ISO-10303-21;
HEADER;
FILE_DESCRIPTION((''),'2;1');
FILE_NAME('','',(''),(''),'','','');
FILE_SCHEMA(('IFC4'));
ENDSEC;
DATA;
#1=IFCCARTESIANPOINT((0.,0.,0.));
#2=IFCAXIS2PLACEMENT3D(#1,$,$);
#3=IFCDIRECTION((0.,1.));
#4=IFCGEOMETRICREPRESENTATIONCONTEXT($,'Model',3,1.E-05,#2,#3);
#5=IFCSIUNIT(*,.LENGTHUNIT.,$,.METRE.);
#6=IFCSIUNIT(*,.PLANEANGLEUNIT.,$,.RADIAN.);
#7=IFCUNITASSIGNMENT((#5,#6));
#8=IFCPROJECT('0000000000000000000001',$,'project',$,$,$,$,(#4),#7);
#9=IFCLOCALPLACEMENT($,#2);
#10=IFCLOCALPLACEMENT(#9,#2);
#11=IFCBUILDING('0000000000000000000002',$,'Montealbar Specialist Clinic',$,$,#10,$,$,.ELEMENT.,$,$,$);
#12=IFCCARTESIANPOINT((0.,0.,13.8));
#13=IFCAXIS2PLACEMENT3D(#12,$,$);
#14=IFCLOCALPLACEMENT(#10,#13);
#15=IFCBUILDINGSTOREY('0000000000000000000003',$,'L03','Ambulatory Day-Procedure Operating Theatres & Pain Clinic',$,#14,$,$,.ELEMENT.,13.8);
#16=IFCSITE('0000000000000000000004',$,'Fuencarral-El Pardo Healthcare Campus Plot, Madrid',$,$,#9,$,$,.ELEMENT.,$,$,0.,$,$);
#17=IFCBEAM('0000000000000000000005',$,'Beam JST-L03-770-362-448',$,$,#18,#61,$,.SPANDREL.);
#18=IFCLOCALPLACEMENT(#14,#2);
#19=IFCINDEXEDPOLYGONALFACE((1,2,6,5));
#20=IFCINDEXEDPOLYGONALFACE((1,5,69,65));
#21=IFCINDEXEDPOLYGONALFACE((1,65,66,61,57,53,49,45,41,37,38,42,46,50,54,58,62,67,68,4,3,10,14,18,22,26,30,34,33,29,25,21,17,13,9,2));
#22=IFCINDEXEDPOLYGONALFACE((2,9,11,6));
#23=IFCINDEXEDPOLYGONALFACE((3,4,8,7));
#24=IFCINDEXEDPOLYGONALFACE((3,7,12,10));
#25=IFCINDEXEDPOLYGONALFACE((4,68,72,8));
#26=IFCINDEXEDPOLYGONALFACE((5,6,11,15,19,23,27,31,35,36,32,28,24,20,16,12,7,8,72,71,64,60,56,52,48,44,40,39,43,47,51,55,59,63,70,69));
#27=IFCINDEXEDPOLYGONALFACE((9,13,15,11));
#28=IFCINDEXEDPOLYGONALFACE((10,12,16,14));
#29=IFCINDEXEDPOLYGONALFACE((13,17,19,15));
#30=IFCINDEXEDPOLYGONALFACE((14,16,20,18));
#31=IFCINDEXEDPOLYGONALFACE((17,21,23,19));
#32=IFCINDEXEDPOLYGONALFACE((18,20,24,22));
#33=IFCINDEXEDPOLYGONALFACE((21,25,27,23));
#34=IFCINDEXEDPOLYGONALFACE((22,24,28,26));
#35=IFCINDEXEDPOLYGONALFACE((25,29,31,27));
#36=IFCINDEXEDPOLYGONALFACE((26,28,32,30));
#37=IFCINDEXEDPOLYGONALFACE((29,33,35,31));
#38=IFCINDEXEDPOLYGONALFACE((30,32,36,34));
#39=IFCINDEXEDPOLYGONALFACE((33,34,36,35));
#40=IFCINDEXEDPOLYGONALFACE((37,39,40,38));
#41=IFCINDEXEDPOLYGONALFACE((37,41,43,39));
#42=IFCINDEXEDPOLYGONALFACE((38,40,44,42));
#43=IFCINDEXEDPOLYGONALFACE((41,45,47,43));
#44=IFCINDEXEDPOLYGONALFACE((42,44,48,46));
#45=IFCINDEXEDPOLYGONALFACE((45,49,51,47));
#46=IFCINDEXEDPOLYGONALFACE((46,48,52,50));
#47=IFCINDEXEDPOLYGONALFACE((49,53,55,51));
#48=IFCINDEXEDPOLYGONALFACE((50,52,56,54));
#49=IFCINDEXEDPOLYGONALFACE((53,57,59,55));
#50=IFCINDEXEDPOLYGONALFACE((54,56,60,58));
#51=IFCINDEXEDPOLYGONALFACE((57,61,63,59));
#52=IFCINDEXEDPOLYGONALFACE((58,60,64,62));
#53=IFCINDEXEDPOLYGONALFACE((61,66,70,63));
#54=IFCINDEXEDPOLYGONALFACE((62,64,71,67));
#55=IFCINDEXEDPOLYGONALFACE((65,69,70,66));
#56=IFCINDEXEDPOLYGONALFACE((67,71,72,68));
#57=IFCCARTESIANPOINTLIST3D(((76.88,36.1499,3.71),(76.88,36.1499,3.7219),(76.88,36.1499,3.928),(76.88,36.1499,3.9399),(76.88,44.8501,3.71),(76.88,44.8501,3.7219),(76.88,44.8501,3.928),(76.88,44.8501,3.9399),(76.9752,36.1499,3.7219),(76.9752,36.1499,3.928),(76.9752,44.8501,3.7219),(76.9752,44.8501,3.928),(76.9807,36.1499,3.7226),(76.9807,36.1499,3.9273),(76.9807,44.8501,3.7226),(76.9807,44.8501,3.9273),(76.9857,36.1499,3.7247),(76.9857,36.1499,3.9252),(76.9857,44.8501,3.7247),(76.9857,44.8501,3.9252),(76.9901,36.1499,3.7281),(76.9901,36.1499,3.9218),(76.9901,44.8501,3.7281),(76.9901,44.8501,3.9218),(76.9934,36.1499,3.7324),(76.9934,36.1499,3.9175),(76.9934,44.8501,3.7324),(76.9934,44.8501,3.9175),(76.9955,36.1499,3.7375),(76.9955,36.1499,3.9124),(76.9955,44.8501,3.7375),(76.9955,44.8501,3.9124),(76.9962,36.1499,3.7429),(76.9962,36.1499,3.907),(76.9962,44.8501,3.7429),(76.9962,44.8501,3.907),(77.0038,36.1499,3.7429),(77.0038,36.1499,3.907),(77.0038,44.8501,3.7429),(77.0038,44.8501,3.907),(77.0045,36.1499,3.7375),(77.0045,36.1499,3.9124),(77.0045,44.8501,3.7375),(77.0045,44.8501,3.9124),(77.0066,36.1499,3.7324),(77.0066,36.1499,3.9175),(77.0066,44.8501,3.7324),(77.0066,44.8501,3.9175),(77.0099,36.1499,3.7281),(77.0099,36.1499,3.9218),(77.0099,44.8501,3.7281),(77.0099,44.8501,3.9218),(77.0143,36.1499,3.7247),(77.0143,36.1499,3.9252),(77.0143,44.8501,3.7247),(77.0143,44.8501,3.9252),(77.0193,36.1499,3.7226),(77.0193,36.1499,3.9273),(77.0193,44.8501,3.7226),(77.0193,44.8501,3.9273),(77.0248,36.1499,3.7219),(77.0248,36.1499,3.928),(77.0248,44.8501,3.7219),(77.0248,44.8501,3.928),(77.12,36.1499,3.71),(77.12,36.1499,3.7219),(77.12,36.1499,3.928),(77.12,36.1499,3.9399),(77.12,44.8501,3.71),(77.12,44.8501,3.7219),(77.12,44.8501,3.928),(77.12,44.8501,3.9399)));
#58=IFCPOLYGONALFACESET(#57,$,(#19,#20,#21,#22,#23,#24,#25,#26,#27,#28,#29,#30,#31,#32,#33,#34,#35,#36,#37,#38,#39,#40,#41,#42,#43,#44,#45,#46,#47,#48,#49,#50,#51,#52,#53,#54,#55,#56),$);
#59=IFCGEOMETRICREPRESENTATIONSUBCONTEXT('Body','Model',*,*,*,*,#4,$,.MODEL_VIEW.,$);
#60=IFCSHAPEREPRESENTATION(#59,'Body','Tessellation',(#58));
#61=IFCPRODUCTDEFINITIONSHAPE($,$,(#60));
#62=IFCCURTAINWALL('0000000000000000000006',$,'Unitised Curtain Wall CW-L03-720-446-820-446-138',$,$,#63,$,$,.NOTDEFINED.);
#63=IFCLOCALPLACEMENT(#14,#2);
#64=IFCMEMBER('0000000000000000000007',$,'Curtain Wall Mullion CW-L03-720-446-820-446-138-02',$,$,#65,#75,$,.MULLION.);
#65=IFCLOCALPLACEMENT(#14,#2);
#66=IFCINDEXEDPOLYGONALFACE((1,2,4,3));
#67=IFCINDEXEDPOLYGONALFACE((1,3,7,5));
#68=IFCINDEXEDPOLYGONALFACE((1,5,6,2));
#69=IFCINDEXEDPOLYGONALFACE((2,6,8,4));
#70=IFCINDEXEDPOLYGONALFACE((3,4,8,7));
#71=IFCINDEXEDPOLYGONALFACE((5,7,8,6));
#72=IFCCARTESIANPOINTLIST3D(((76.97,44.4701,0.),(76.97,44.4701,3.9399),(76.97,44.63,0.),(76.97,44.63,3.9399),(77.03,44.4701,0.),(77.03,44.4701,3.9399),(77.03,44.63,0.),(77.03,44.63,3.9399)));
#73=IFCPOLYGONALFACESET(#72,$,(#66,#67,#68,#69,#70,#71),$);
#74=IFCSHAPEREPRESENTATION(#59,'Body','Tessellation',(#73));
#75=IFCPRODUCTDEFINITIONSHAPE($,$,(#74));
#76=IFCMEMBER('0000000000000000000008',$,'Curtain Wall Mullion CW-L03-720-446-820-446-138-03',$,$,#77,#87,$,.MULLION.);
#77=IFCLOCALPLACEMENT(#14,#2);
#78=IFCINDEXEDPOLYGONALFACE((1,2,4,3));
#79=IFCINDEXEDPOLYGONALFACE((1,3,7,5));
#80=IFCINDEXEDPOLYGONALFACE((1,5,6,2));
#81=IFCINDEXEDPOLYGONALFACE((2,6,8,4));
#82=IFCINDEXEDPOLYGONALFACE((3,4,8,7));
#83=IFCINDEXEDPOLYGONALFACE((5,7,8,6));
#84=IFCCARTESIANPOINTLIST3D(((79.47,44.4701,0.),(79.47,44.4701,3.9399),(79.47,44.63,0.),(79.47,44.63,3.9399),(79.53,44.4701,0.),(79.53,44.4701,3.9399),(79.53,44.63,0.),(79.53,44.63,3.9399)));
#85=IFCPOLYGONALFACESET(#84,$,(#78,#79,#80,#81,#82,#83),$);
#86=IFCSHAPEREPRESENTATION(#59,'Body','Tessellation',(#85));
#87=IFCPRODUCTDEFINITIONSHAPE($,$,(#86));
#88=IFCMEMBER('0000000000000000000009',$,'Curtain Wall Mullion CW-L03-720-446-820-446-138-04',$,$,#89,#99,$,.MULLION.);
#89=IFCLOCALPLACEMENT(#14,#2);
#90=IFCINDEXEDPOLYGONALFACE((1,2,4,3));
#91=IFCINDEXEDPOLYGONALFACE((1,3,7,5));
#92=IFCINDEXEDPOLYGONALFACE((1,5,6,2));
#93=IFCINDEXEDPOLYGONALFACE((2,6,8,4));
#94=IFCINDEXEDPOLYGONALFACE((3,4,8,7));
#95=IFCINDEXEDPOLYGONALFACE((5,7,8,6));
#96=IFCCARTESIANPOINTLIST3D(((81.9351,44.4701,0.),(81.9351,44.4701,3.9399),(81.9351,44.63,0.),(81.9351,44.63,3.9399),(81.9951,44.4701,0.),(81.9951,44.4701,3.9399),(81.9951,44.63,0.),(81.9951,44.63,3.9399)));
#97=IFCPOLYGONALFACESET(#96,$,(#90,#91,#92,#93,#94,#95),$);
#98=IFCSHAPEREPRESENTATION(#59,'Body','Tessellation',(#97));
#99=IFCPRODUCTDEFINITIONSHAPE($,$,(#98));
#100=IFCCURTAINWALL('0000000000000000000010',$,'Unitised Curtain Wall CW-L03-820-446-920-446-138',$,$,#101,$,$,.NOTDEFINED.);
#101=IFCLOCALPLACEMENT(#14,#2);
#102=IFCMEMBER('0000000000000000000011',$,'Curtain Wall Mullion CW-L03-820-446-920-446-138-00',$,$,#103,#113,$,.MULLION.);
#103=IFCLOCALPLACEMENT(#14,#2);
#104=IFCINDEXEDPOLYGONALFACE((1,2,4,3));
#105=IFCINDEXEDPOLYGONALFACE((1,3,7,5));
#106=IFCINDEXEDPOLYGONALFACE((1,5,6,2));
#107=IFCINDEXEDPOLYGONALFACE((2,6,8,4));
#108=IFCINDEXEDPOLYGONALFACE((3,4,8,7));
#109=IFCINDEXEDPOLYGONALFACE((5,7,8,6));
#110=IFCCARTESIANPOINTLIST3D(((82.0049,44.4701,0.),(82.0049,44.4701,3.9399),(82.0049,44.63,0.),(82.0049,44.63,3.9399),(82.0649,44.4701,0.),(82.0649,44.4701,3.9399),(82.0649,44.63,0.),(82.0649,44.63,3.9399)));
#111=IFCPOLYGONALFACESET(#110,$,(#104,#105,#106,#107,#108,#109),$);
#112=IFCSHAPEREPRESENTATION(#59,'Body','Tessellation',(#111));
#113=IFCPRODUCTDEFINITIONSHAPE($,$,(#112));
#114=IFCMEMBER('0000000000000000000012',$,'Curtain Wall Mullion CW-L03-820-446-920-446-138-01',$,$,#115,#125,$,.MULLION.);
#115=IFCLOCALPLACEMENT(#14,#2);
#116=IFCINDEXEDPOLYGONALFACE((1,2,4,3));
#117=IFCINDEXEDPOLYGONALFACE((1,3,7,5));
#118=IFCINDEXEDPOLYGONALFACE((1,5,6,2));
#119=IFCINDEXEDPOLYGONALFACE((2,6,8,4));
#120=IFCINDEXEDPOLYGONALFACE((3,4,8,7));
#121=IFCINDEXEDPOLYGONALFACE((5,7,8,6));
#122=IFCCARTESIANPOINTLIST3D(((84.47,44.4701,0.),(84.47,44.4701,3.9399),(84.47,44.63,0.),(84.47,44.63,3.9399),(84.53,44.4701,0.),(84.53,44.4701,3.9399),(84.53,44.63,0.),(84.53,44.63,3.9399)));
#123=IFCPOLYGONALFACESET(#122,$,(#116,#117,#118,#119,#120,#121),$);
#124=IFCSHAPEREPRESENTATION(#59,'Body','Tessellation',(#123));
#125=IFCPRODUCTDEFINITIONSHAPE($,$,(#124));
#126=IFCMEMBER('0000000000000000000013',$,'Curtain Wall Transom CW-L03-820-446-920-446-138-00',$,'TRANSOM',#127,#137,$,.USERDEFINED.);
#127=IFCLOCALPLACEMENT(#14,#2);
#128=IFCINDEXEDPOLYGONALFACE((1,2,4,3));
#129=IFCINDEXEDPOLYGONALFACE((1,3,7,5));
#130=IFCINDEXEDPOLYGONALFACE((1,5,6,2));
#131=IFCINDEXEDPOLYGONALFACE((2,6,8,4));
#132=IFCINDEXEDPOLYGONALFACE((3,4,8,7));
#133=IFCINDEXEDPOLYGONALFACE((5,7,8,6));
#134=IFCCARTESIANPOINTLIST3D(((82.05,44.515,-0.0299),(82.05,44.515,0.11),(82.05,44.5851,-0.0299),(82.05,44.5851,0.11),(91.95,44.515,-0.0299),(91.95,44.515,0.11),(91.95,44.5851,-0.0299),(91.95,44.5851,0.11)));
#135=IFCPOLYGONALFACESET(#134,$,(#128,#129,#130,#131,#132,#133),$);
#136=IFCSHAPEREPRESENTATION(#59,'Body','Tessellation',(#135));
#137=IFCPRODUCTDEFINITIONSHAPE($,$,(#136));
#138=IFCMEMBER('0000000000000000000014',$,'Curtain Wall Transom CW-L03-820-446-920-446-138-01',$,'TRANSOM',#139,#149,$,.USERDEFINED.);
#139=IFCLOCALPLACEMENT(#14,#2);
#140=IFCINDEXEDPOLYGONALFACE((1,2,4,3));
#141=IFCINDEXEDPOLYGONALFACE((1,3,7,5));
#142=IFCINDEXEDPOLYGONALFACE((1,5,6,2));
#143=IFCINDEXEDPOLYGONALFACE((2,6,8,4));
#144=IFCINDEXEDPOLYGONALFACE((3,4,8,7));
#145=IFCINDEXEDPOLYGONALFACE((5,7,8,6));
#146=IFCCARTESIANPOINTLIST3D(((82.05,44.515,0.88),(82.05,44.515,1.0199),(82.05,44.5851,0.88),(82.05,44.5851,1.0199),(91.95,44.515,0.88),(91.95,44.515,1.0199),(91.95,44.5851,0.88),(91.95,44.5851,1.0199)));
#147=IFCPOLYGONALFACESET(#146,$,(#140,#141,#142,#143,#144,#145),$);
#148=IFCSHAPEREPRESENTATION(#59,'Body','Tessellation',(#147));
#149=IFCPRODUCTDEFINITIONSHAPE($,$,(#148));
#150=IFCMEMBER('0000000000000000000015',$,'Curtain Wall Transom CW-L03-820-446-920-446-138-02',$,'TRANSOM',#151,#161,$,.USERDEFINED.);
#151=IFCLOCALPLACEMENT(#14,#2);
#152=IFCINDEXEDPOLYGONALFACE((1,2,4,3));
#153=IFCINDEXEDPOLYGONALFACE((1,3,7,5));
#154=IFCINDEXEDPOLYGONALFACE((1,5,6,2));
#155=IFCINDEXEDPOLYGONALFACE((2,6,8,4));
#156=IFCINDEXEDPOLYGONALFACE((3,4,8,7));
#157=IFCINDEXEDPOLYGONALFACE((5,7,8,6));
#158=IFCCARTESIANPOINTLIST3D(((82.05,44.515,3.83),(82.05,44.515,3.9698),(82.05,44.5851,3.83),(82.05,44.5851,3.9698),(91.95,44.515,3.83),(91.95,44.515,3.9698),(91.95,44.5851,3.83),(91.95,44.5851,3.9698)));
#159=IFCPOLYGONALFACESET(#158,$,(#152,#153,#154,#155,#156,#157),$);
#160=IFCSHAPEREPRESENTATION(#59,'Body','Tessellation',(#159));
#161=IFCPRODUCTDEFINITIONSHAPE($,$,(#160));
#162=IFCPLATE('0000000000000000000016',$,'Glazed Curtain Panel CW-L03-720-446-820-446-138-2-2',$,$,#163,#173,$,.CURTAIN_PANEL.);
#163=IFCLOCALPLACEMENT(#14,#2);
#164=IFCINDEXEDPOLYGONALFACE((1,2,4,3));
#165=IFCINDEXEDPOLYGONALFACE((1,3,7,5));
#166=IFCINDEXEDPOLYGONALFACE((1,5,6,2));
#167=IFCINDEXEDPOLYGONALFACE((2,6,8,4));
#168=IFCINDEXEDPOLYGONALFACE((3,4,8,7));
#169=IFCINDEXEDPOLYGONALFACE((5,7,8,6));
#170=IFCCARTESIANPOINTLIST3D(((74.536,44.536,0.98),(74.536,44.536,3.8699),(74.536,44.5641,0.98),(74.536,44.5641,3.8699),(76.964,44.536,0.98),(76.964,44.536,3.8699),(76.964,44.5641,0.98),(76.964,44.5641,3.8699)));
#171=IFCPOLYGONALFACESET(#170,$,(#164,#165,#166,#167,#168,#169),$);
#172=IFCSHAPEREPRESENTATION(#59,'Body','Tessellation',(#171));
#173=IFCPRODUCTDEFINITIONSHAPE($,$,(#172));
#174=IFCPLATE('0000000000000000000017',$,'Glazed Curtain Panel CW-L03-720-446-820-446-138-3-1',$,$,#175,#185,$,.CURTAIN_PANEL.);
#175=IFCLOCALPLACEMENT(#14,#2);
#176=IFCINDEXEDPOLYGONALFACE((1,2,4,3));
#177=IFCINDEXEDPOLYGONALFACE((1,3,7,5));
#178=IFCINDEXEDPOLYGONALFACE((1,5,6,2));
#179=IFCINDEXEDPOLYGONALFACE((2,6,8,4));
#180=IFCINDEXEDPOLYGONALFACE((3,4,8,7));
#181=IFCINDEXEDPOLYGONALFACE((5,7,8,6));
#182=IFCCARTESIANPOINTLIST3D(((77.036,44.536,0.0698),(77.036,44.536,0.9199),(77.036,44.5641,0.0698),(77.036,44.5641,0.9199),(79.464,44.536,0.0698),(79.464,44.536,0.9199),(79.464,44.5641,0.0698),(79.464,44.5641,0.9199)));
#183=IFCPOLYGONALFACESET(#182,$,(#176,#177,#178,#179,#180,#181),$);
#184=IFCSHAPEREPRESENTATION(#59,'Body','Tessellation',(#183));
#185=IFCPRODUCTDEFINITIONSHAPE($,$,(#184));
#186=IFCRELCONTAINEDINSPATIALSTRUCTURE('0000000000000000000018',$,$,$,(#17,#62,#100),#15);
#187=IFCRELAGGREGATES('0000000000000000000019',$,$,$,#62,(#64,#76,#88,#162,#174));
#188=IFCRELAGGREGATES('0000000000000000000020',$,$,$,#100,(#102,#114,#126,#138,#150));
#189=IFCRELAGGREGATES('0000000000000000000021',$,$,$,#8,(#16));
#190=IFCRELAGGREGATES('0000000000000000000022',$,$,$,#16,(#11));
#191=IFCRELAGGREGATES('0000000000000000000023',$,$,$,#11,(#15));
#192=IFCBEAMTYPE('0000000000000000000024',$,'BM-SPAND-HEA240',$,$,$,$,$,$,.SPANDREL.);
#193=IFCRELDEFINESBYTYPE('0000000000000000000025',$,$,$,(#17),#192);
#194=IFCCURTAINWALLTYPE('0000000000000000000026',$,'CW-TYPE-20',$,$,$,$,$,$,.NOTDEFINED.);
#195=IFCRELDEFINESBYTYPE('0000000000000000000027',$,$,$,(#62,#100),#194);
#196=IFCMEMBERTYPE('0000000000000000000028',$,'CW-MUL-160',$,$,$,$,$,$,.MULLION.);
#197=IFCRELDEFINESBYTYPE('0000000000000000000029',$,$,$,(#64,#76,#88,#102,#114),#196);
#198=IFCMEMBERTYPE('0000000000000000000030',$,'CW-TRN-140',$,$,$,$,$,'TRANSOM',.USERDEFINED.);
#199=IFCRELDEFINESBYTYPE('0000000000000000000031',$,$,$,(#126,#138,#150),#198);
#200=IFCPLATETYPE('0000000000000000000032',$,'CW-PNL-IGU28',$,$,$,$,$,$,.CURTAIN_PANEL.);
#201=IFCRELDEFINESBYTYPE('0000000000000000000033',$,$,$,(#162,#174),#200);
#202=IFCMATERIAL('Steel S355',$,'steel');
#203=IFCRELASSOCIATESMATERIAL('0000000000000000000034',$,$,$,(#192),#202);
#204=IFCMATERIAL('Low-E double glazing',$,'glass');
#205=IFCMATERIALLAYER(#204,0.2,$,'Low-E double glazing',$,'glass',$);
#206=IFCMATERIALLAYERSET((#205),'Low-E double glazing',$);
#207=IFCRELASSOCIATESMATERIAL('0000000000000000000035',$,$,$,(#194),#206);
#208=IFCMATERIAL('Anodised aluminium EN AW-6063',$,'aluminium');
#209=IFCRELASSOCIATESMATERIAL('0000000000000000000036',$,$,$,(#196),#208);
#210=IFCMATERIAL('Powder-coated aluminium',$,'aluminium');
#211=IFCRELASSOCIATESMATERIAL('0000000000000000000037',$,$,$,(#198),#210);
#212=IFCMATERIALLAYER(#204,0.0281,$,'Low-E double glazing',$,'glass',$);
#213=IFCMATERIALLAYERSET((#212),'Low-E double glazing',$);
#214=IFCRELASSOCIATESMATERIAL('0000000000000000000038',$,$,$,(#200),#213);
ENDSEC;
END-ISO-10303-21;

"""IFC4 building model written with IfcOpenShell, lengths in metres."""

from ifc_helpers import new_model, si_unit, direction, frame, origin, origin_2d, place, context, subcontext, project, spatial, rectangle, i_section, extrude, material, layer, layer_set, material_profile, profile_set, type_object, element, aggregate, save


model = new_model("IFC4")

# Units and contexts
model_context = context("Model", 3, precision=1e-05, world=origin(), true_north=direction((0.0, 1.0)))
body_context = subcontext(model_context, "Body", "Model", "MODEL_VIEW")
ifc_project = project(units=[si_unit("LENGTHUNIT", "METRE"), si_unit("PLANEANGLEUNIT", "RADIAN")], contexts=[model_context])

# Site, building, storey
site_placement = place(None, origin())
site = spatial("IfcSite", under=ifc_project, at=site_placement, Name="Fuencarral-El Pardo Healthcare Campus Plot, Madrid", CompositionType="ELEMENT", RefElevation=0.0)
building_placement = place(site_placement, origin())
building = spatial("IfcBuilding", under=site, at=building_placement, Name="Montealbar Specialist Clinic", CompositionType="ELEMENT")
storey_placement = place(building_placement, frame((0.0, 0.0, 13.8)))
storey = spatial("IfcBuildingStorey", under=building, at=storey_placement, Name="L03", Description="Ambulatory Day-Procedure Operating Theatres & Pain Clinic", CompositionType="ELEMENT", Elevation=13.8)

# Shared definitions
ifc_material_1 = material(Name="Steel S355", Category="steel")

# Beam
ifc_material_profile_1 = material_profile(ifc_material_1, i_section(OverallWidth=0.24, OverallDepth=0.23, WebThickness=0.0076, FlangeThickness=0.012, FilletRadius=0.021, at=origin_2d()), Name="HEA 240", Category="steel")
ifc_profile_set_1 = profile_set([ifc_material_profile_1], Name="Steel S355")
beam_type_1 = type_object("IfcBeamType", Name="BM-SPAND-HEA240", PredefinedType="SPANDREL", material=ifc_profile_set_1)
beam_1_placement = place(storey_placement, frame((77.0, 36.1499, 3.825), z_axis=(0.0, 1.0, 0.0), x_axis=(-1.0, 0.0, 0.0)))
element("IfcBeam", 1, at=beam_1_placement, inside=storey, type_object=beam_type_1, Name="Beam JST-L03-770-362-448", PredefinedType="SPANDREL", context=body_context, shape_type="SweptSolid", body=[
    extrude(i_section(OverallWidth=0.24, OverallDepth=0.23, WebThickness=0.0076, FlangeThickness=0.012, FilletRadius=0.021, at=origin_2d()), origin(), (0.0, 0.0, 1.0), 8.7002),
])

# Curtain walls, members
ifc_material_2 = material(Name="Low-E double glazing", Category="glass")
ifc_layer_1 = layer(ifc_material_2, 0.2, Name="Low-E double glazing", Category="glass")
ifc_layer_set_1 = layer_set([ifc_layer_1], Name="Low-E double glazing")
curtain_wall_type = type_object("IfcCurtainWallType", Name="CW-TYPE-20", PredefinedType="NOTDEFINED", material=ifc_layer_set_1)
curtain_wall_1_placement = place(storey_placement, origin())
curtain_wall_1 = element("IfcCurtainWall", 2, at=curtain_wall_1_placement, inside=storey, type_object=curtain_wall_type, Name="Unitised Curtain Wall CW-L03-720-446-820-446-138", PredefinedType="NOTDEFINED")
ifc_material_3 = material(Name="Anodised aluminium EN AW-6063", Category="aluminium")
ifc_material_profile_2 = material_profile(ifc_material_3, rectangle(XDim=0.0601, YDim=0.1599, at=origin_2d()), Name="ALU 60x160", Category="aluminium")
ifc_profile_set_2 = profile_set([ifc_material_profile_2], Name="Anodised aluminium EN AW-6063")
member_type_1 = type_object("IfcMemberType", Name="CW-MUL-160", PredefinedType="MULLION", material=ifc_profile_set_2)
member_1_placement = place(storey_placement, frame((77.0, 44.55, 0.0), z_axis=(0.0, 0.0, 1.0), x_axis=(1.0, 0.0, 0.0)))
member_1 = element("IfcMember", 3, at=member_1_placement, type_object=member_type_1, Name="Curtain Wall Mullion CW-L03-720-446-820-446-138-02", PredefinedType="MULLION", context=body_context, shape_type="SweptSolid", body=[
    extrude(rectangle(XDim=0.0601, YDim=0.1599, at=origin_2d()), origin(), (0.0, 0.0, 1.0), 3.9399),
])
member_2_placement = place(storey_placement, frame((79.5, 44.55, 0.0), z_axis=(0.0, 0.0, 1.0), x_axis=(1.0, 0.0, 0.0)))
member_2 = element("IfcMember", 4, at=member_2_placement, type_object=member_type_1, Name="Curtain Wall Mullion CW-L03-720-446-820-446-138-03", PredefinedType="MULLION", context=body_context, shape_type="SweptSolid", body=[
    extrude(rectangle(XDim=0.0601, YDim=0.1599, at=origin_2d()), origin(), (0.0, 0.0, 1.0), 3.9399),
])
member_3_placement = place(storey_placement, frame((81.9651, 44.55, 0.0), z_axis=(0.0, 0.0, 1.0), x_axis=(1.0, 0.0, 0.0)))
member_3 = element("IfcMember", 5, at=member_3_placement, type_object=member_type_1, Name="Curtain Wall Mullion CW-L03-720-446-820-446-138-04", PredefinedType="MULLION", context=body_context, shape_type="SweptSolid", body=[
    extrude(rectangle(XDim=0.0601, YDim=0.1599, at=origin_2d()), origin(), (0.0, 0.0, 1.0), 3.9399),
])
curtain_wall_2_placement = place(storey_placement, origin())
curtain_wall_2 = element("IfcCurtainWall", 6, at=curtain_wall_2_placement, inside=storey, type_object=curtain_wall_type, Name="Unitised Curtain Wall CW-L03-820-446-920-446-138", PredefinedType="NOTDEFINED")
member_4_placement = place(storey_placement, frame((82.0349, 44.55, 0.0), z_axis=(0.0, 0.0, 1.0), x_axis=(1.0, 0.0, 0.0)))
member_4 = element("IfcMember", 7, at=member_4_placement, type_object=member_type_1, Name="Curtain Wall Mullion CW-L03-820-446-920-446-138-00", PredefinedType="MULLION", context=body_context, shape_type="SweptSolid", body=[
    extrude(rectangle(XDim=0.0601, YDim=0.1599, at=origin_2d()), origin(), (0.0, 0.0, 1.0), 3.9399),
])
member_5_placement = place(storey_placement, frame((84.5, 44.55, 0.0), z_axis=(0.0, 0.0, 1.0), x_axis=(1.0, 0.0, 0.0)))
member_5 = element("IfcMember", 8, at=member_5_placement, type_object=member_type_1, Name="Curtain Wall Mullion CW-L03-820-446-920-446-138-01", PredefinedType="MULLION", context=body_context, shape_type="SweptSolid", body=[
    extrude(rectangle(XDim=0.0601, YDim=0.1599, at=origin_2d()), origin(), (0.0, 0.0, 1.0), 3.9399),
])
ifc_material_4 = material(Name="Powder-coated aluminium", Category="aluminium")
ifc_material_profile_3 = material_profile(ifc_material_4, rectangle(XDim=0.0701, YDim=0.1399, at=origin_2d()), Name="ALU 70x140", Category="aluminium")
ifc_profile_set_3 = profile_set([ifc_material_profile_3], Name="Powder-coated aluminium")
member_type_2 = type_object("IfcMemberType", Name="CW-TRN-140", ElementType="TRANSOM", PredefinedType="USERDEFINED", material=ifc_profile_set_3)
member_6_placement = place(storey_placement, frame((82.05, 44.55, 0.04), z_axis=(1.0, 0.0, 0.0), x_axis=(0.0, 1.0, 0.0)))
member_6 = element("IfcMember", 9, at=member_6_placement, type_object=member_type_2, Name="Curtain Wall Transom CW-L03-820-446-920-446-138-00", ObjectType="TRANSOM", PredefinedType="USERDEFINED", context=body_context, shape_type="SweptSolid", body=[
    extrude(rectangle(XDim=0.0701, YDim=0.1399, at=origin_2d()), origin(), (0.0, 0.0, 1.0), 9.8999),
])
member_7_placement = place(storey_placement, frame((82.05, 44.55, 0.95), z_axis=(1.0, 0.0, 0.0), x_axis=(0.0, 1.0, 0.0)))
member_7 = element("IfcMember", 10, at=member_7_placement, type_object=member_type_2, Name="Curtain Wall Transom CW-L03-820-446-920-446-138-01", ObjectType="TRANSOM", PredefinedType="USERDEFINED", context=body_context, shape_type="SweptSolid", body=[
    extrude(rectangle(XDim=0.0701, YDim=0.1399, at=origin_2d()), origin(), (0.0, 0.0, 1.0), 9.8999),
])
member_8_placement = place(storey_placement, frame((82.05, 44.55, 3.8999), z_axis=(1.0, 0.0, 0.0), x_axis=(0.0, 1.0, 0.0)))
member_8 = element("IfcMember", 11, at=member_8_placement, type_object=member_type_2, Name="Curtain Wall Transom CW-L03-820-446-920-446-138-02", ObjectType="TRANSOM", PredefinedType="USERDEFINED", context=body_context, shape_type="SweptSolid", body=[
    extrude(rectangle(XDim=0.0701, YDim=0.1399, at=origin_2d()), origin(), (0.0, 0.0, 1.0), 9.8999),
])

# Plates
ifc_layer_2 = layer(ifc_material_2, 0.0281, Name="Low-E double glazing", Category="glass")
ifc_layer_set_2 = layer_set([ifc_layer_2], Name="Low-E double glazing")
plate_type = type_object("IfcPlateType", Name="CW-PNL-IGU28", PredefinedType="CURTAIN_PANEL", material=ifc_layer_set_2)
plate_1_placement = place(storey_placement, frame((75.75, 44.55, 0.98), z_axis=(0.0, 0.0, 1.0), x_axis=(1.0, 0.0, 0.0)))
plate_1 = element("IfcPlate", 12, at=plate_1_placement, type_object=plate_type, Name="Glazed Curtain Panel CW-L03-720-446-820-446-138-2-2", PredefinedType="CURTAIN_PANEL", context=body_context, shape_type="SweptSolid", body=[
    extrude(rectangle(XDim=2.428, YDim=0.0281, at=origin_2d()), origin(), (0.0, 0.0, 1.0), 2.8899),
])
plate_2_placement = place(storey_placement, frame((78.25, 44.55, 0.0698), z_axis=(0.0, 0.0, 1.0), x_axis=(1.0, 0.0, 0.0)))
plate_2 = element("IfcPlate", 13, at=plate_2_placement, type_object=plate_type, Name="Glazed Curtain Panel CW-L03-720-446-820-446-138-3-1", PredefinedType="CURTAIN_PANEL", context=body_context, shape_type="SweptSolid", body=[
    extrude(rectangle(XDim=2.428, YDim=0.0281, at=origin_2d()), origin(), (0.0, 0.0, 1.0), 0.8501),
])
aggregate(curtain_wall_1, [member_1, member_2, member_3, plate_1, plate_2])
aggregate(curtain_wall_2, [member_4, member_5, member_6, member_7, member_8])

save(model, "model.ifc")
